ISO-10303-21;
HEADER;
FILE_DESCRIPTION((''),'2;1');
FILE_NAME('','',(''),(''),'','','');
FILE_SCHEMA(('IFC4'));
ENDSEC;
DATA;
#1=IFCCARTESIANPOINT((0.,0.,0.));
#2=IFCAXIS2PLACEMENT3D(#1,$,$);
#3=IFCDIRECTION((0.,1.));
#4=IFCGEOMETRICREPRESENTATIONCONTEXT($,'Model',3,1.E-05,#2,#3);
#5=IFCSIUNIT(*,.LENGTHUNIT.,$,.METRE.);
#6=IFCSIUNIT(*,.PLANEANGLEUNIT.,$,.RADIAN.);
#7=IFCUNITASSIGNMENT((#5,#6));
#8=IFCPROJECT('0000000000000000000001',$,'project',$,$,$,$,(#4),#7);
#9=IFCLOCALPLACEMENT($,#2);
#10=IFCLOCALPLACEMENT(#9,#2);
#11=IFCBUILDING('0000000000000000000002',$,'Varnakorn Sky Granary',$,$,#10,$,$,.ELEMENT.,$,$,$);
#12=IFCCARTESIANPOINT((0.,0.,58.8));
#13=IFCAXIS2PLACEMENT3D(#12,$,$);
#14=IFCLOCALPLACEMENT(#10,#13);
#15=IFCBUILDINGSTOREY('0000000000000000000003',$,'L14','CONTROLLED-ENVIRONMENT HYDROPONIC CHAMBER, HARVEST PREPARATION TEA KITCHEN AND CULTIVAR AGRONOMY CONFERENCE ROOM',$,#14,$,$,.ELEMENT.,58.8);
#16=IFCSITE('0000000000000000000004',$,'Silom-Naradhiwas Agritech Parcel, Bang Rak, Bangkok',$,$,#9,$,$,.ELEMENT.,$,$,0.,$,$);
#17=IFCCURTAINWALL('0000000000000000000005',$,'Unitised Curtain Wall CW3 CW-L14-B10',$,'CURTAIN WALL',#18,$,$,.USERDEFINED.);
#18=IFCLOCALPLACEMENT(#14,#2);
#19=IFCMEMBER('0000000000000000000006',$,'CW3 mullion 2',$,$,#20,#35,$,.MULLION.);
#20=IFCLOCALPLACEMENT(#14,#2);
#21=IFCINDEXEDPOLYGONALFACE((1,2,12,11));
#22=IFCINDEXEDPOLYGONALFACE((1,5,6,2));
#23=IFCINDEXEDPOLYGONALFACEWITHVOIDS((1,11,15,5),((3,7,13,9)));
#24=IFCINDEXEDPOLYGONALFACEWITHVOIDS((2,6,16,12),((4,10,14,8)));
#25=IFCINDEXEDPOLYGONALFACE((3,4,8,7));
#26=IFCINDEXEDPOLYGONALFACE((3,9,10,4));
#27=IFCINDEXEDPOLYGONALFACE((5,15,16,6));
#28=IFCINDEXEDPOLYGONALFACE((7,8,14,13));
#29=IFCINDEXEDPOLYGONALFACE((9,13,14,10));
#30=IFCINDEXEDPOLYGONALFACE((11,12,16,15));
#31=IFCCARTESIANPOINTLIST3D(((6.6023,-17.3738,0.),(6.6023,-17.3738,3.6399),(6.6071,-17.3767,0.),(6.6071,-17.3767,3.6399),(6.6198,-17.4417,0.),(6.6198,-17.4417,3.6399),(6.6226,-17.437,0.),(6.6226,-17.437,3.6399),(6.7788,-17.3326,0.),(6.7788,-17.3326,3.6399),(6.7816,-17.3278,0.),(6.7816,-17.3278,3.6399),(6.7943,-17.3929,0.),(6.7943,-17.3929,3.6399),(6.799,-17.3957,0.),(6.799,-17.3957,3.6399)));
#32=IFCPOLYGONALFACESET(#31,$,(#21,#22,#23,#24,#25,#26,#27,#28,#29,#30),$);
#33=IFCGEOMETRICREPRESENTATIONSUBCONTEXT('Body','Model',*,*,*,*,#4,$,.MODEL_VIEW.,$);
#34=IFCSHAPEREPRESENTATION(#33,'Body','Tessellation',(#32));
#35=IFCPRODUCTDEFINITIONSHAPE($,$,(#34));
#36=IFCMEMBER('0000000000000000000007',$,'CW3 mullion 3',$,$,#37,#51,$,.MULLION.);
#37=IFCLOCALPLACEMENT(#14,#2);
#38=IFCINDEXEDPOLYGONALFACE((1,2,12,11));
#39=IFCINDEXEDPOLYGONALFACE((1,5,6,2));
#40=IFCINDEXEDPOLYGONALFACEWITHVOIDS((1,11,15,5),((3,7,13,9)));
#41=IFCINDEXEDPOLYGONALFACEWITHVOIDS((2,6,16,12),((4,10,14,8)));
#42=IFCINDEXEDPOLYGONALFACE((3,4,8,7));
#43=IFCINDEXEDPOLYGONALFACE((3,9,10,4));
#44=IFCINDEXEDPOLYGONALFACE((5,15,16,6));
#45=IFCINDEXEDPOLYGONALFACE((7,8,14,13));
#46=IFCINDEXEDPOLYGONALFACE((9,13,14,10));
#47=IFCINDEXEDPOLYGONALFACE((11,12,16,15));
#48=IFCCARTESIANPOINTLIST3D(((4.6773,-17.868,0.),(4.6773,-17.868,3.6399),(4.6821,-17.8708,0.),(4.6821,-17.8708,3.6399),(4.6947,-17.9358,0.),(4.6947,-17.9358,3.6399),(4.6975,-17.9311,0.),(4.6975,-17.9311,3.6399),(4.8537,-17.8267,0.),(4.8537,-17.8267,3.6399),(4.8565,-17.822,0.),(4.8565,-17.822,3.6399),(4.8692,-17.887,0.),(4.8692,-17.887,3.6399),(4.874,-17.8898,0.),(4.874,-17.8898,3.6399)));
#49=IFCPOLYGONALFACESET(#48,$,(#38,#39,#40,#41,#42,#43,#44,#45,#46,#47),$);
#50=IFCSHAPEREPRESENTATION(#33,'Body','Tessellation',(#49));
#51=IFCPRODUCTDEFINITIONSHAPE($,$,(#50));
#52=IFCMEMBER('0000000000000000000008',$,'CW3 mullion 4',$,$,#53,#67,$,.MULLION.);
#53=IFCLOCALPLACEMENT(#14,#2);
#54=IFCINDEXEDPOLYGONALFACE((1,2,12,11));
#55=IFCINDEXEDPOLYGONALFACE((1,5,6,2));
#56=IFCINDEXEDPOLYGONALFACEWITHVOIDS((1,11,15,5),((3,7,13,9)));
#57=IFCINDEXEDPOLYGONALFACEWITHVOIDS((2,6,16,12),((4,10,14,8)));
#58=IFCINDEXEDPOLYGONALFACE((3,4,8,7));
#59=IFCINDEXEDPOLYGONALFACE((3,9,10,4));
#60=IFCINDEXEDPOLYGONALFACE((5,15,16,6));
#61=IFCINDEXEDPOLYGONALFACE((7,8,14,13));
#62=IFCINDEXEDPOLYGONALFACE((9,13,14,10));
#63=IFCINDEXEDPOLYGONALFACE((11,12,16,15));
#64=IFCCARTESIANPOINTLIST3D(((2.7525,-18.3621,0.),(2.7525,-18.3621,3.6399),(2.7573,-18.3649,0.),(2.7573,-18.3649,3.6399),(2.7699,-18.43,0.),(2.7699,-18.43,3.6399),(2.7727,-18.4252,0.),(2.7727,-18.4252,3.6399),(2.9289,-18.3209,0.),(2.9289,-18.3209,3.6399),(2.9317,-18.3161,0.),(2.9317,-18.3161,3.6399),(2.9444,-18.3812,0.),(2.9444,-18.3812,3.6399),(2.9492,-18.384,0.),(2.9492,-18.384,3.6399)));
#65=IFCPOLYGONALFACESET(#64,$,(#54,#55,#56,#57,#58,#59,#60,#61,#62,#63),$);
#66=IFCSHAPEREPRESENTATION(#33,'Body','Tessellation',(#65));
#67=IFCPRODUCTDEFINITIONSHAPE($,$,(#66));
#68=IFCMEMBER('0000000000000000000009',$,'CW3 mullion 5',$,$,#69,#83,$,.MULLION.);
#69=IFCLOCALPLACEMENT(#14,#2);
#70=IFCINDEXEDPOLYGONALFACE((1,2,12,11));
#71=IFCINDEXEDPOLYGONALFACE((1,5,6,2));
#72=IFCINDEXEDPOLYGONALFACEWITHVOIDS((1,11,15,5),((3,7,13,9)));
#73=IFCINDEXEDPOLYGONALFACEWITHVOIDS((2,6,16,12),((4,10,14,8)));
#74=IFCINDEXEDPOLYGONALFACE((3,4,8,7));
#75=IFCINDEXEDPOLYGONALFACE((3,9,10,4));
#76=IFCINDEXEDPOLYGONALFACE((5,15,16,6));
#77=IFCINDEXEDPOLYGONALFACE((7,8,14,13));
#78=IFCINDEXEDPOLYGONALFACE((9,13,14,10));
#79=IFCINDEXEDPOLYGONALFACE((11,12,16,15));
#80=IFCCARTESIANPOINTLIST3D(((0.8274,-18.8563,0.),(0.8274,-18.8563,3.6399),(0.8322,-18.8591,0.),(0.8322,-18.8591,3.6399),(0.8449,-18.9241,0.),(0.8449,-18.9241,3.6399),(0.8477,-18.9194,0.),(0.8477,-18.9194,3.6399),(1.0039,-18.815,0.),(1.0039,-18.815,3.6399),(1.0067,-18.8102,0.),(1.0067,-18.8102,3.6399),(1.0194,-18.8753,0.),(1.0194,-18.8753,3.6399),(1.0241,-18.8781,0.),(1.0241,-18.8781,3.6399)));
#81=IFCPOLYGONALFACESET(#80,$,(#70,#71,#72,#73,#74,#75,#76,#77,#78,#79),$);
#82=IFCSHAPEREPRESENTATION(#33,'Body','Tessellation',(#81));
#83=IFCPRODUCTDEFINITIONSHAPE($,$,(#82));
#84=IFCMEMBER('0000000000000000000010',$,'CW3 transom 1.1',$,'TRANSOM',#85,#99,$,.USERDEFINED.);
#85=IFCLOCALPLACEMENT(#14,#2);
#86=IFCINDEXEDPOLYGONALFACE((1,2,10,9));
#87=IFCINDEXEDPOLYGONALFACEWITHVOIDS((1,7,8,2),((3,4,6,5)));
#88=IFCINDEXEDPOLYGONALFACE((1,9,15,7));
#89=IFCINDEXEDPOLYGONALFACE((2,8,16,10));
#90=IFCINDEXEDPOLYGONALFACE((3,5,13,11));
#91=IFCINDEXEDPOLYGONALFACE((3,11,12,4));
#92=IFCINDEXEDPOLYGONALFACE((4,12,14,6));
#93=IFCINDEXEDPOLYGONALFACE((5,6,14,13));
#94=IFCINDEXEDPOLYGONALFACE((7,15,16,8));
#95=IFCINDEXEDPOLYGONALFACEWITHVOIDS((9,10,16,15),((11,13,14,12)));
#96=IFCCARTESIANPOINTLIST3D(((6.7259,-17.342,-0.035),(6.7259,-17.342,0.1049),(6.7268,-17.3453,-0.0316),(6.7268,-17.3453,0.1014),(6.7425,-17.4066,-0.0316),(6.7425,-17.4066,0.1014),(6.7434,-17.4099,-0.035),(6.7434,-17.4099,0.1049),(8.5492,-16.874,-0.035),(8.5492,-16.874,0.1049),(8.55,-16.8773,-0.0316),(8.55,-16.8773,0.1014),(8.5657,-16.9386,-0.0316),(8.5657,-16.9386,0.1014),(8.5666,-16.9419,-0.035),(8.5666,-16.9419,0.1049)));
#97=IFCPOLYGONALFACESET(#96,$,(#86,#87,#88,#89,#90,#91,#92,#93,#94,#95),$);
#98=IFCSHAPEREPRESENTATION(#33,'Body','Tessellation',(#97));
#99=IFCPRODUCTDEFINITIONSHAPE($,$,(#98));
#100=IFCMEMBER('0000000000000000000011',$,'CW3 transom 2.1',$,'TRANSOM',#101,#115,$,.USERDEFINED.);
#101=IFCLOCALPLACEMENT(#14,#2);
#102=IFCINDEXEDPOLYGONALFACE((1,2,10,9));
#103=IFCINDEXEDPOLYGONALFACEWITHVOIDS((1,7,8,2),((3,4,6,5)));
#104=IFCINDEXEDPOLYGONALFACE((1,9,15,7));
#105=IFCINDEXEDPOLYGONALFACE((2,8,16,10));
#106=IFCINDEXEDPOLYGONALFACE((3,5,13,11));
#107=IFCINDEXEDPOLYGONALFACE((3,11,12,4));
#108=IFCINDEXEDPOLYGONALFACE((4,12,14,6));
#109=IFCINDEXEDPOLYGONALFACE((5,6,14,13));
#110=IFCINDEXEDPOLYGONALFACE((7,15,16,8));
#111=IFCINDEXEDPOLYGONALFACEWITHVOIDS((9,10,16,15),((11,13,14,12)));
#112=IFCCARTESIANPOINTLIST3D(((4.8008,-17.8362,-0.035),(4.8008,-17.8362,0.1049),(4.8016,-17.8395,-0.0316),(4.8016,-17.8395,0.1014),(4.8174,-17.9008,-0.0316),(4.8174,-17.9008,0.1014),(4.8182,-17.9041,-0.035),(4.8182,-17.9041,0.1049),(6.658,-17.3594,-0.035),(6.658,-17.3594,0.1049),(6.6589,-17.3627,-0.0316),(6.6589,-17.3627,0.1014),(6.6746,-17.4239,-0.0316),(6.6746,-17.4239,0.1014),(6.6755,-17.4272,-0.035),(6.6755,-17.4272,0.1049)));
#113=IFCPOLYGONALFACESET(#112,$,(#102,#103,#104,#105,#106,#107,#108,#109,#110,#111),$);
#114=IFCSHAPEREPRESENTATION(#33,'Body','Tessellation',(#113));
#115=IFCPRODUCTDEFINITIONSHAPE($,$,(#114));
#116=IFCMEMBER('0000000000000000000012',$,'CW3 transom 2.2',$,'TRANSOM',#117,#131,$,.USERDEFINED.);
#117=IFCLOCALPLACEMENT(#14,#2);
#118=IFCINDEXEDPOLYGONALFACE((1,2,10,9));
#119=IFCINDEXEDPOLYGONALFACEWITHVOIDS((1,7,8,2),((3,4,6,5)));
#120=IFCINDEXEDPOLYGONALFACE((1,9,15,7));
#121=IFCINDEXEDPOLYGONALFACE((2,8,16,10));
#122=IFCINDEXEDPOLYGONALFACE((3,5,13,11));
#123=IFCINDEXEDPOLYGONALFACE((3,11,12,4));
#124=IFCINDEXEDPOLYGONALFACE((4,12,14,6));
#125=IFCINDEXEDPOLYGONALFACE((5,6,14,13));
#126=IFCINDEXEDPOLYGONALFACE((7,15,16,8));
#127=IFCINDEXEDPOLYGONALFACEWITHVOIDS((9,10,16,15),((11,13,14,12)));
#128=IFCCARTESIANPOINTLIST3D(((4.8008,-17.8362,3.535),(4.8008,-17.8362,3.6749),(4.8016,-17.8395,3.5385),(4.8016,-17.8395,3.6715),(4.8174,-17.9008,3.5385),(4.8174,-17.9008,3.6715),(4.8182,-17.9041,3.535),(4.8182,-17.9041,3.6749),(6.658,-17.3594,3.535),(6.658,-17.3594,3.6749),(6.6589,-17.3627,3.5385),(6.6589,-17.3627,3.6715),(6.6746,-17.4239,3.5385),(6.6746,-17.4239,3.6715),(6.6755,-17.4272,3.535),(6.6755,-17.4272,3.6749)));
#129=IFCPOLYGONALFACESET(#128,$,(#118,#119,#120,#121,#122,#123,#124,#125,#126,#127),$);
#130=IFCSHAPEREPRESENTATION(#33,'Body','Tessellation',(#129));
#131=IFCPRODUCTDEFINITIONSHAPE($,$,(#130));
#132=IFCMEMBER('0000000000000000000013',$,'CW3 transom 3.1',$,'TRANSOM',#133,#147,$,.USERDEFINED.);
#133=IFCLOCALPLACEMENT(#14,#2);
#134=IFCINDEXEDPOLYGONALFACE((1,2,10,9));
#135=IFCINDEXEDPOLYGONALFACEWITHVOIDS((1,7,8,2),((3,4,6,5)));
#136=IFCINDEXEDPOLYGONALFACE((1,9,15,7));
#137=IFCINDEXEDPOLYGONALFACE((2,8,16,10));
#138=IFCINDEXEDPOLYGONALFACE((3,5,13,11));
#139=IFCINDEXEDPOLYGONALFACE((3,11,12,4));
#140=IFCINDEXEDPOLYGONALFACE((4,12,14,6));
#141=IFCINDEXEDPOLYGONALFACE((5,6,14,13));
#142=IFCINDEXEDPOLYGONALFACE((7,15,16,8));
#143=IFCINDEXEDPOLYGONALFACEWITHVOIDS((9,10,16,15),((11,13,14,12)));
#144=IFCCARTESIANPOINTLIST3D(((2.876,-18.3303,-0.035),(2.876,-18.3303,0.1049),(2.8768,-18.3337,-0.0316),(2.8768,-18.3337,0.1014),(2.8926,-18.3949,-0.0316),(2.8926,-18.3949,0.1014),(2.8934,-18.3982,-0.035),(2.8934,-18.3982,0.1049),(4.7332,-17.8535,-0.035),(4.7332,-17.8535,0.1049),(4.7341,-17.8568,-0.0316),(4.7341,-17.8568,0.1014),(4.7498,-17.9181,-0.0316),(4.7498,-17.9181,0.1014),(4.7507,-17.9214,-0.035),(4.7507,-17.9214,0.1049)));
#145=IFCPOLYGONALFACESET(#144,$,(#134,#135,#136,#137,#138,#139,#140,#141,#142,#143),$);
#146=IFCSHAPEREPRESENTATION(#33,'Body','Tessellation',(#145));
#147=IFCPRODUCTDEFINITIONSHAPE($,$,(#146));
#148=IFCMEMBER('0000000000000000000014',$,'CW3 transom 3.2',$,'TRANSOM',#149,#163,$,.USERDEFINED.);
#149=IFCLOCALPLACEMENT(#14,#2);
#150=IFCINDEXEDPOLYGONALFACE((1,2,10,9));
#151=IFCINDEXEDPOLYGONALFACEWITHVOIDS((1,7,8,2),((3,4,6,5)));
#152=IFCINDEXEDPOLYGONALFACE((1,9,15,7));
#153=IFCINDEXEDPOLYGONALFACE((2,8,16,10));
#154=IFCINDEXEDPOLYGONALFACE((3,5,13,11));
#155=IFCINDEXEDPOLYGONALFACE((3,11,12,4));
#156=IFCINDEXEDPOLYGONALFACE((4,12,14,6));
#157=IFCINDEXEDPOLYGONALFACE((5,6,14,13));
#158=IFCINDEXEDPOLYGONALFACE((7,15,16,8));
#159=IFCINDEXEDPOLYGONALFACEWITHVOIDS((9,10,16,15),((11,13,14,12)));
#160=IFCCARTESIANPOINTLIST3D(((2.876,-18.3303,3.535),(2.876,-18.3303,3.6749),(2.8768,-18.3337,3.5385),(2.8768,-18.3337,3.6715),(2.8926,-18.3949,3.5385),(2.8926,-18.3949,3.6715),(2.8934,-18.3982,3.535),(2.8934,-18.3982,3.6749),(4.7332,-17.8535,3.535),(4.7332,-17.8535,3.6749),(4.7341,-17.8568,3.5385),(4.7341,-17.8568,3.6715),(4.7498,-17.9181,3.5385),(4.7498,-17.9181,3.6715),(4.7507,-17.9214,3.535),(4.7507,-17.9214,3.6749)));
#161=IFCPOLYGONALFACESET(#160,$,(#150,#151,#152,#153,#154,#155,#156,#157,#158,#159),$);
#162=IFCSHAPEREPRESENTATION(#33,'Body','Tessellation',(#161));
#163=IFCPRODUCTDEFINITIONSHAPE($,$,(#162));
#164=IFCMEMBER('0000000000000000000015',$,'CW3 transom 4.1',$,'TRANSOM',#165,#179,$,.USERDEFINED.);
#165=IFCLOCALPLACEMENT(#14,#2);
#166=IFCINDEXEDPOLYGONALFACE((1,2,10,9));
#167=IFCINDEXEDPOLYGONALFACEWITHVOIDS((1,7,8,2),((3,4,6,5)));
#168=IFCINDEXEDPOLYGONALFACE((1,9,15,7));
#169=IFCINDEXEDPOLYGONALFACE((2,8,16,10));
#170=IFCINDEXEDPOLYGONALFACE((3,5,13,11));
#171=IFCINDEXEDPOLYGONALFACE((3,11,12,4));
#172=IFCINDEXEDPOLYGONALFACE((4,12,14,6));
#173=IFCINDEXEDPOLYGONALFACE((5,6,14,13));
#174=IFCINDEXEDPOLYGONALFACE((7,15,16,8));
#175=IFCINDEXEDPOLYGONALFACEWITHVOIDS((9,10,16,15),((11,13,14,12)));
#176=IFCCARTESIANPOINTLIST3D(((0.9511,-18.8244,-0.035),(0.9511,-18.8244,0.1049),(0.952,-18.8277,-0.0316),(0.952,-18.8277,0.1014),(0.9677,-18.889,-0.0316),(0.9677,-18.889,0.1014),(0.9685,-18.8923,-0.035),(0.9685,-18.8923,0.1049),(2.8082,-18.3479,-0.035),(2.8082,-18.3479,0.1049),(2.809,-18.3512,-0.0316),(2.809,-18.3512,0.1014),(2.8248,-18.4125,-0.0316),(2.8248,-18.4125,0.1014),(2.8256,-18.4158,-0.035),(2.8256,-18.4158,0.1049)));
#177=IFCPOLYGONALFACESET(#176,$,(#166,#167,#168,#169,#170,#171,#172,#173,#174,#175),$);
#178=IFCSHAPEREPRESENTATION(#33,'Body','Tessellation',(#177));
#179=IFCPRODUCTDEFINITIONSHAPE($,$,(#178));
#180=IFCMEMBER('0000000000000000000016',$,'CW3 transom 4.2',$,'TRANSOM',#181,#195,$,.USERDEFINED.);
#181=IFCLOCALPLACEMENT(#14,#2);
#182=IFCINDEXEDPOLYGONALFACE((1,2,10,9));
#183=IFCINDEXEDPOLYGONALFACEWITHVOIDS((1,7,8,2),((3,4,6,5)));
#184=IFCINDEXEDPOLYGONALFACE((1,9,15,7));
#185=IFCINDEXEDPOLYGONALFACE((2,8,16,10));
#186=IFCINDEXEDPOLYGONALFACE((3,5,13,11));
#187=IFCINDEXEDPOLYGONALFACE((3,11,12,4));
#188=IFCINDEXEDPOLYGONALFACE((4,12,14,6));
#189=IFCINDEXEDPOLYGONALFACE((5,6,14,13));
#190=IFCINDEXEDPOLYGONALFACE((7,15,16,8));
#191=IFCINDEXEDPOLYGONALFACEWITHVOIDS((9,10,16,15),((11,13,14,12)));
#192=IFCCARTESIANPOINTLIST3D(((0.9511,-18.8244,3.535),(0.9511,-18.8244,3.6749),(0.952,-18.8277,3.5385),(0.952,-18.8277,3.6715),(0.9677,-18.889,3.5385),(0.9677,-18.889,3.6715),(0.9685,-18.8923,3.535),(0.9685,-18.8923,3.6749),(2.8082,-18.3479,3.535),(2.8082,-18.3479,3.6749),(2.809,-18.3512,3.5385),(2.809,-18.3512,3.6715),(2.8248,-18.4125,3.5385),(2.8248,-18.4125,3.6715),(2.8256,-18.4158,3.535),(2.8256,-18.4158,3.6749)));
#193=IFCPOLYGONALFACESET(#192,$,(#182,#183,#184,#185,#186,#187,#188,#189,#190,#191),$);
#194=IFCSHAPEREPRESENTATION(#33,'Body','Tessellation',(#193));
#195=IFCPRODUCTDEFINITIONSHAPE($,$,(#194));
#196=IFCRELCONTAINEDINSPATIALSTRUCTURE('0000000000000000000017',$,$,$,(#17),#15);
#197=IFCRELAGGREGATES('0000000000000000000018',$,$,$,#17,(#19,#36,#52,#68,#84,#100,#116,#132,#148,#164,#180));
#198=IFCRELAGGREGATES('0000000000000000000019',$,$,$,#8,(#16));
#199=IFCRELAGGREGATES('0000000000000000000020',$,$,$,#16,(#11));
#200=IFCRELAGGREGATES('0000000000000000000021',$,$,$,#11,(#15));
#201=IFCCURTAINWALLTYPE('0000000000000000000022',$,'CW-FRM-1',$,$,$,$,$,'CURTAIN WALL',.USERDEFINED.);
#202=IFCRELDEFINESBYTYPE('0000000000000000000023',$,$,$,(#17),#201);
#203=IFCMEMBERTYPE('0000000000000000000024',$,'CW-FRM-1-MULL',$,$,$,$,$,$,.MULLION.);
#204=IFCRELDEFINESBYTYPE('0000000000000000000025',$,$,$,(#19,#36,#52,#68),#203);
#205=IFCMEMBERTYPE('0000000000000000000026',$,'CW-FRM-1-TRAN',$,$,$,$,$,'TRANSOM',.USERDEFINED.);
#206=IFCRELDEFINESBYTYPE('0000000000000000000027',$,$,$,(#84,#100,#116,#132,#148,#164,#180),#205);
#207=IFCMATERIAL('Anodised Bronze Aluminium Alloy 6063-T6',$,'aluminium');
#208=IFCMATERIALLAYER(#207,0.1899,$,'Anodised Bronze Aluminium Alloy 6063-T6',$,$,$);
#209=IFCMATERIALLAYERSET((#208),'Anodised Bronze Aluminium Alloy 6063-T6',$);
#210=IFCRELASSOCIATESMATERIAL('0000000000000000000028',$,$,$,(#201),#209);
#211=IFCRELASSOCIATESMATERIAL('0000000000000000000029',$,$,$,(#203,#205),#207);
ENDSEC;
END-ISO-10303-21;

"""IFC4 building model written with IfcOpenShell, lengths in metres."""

from ifc_helpers import new_model, si_unit, direction, frame, origin, origin_2d, place, context, subcontext, project, spatial, hollow_rectangle, extrude, material, layer, layer_set, material_profile, profile_set, type_object, element, aggregate, save


model = new_model("IFC4")

# Units and contexts
model_context = context("Model", 3, precision=1e-05, world=origin(), true_north=direction((0.0, 1.0)))
body_context = subcontext(model_context, "Body", "Model", "MODEL_VIEW")
ifc_project = project(units=[si_unit("LENGTHUNIT", "METRE"), si_unit("PLANEANGLEUNIT", "RADIAN")], contexts=[model_context])

# Site, building, storey
site_placement = place(None, origin())
site = spatial("IfcSite", under=ifc_project, at=site_placement, Name="Silom-Naradhiwas Agritech Parcel, Bang Rak, Bangkok", CompositionType="ELEMENT", RefElevation=0.0)
building_placement = place(site_placement, origin())
building = spatial("IfcBuilding", under=site, at=building_placement, Name="Varnakorn Sky Granary", CompositionType="ELEMENT")
storey_placement = place(building_placement, frame((0.0, 0.0, 58.8)))
storey = spatial("IfcBuildingStorey", under=building, at=storey_placement, Name="L14", Description="CONTROLLED-ENVIRONMENT HYDROPONIC CHAMBER, HARVEST PREPARATION TEA KITCHEN AND CULTIVAR AGRONOMY CONFERENCE ROOM", CompositionType="ELEMENT", Elevation=58.8)

# Curtain wall, members
ifc_material_1 = material(Name="Anodised Bronze Aluminium Alloy 6063-T6", Category="aluminium")
ifc_layer_1 = layer(ifc_material_1, 0.1899, Name="Anodised Bronze Aluminium Alloy 6063-T6")
ifc_layer_set_1 = layer_set([ifc_layer_1], Name="Anodised Bronze Aluminium Alloy 6063-T6")
curtain_wall_type = type_object("IfcCurtainWallType", Name="CW-FRM-1", ElementType="CURTAIN WALL", PredefinedType="USERDEFINED", material=ifc_layer_set_1)
curtain_wall_placement = place(storey_placement, origin())
curtain_wall = element("IfcCurtainWall", 1, at=curtain_wall_placement, inside=storey, type_object=curtain_wall_type, Name="Unitised Curtain Wall CW3 CW-L14-B10", ObjectType="CURTAIN WALL", PredefinedType="USERDEFINED")
ifc_material_profile_1 = material_profile(ifc_material_1, hollow_rectangle(XDim=0.0701, YDim=0.1851, WallThickness=0.0039, at=origin_2d()), Name="ALU MULL 70x185")
ifc_profile_set_1 = profile_set([ifc_material_profile_1], Name="Anodised Bronze Aluminium Alloy 6063-T6")
member_type_1 = type_object("IfcMemberType", Name="CW-FRM-1-MULL", PredefinedType="MULLION", material=ifc_profile_set_1)
member_1_placement = place(storey_placement, frame((6.7007, -17.3848, 0.0), z_axis=(0.0, 0.0, 1.0), x_axis=(0.248656, -0.968592, 0.0)))
member_1 = element("IfcMember", 2, at=member_1_placement, type_object=member_type_1, Name="CW3 mullion 2", PredefinedType="MULLION", context=body_context, shape_type="SweptSolid", body=[
    extrude(hollow_rectangle(XDim=0.0701, YDim=0.1851, WallThickness=0.0039, at=origin_2d()), origin(), (0.0, 0.0, 1.0), 3.6399),
])
member_2_placement = place(storey_placement, frame((4.7756, -17.8789, 0.0), z_axis=(0.0, 0.0, 1.0), x_axis=(0.248656, -0.968592, 0.0)))
member_2 = element("IfcMember", 3, at=member_2_placement, type_object=member_type_1, Name="CW3 mullion 3", PredefinedType="MULLION", context=body_context, shape_type="SweptSolid", body=[
    extrude(hollow_rectangle(XDim=0.0701, YDim=0.1851, WallThickness=0.0039, at=origin_2d()), origin(), (0.0, 0.0, 1.0), 3.6399),
])
member_3_placement = place(storey_placement, frame((2.8508, -18.373, 0.0), z_axis=(0.0, 0.0, 1.0), x_axis=(0.248656, -0.968592, 0.0)))
member_3 = element("IfcMember", 4, at=member_3_placement, type_object=member_type_1, Name="CW3 mullion 4", PredefinedType="MULLION", context=body_context, shape_type="SweptSolid", body=[
    extrude(hollow_rectangle(XDim=0.0701, YDim=0.1851, WallThickness=0.0039, at=origin_2d()), origin(), (0.0, 0.0, 1.0), 3.6399),
])
member_4_placement = place(storey_placement, frame((0.9258, -18.8672, 0.0), z_axis=(0.0, 0.0, 1.0), x_axis=(0.248656, -0.968592, 0.0)))
member_4 = element("IfcMember", 5, at=member_4_placement, type_object=member_type_1, Name="CW3 mullion 5", PredefinedType="MULLION", context=body_context, shape_type="SweptSolid", body=[
    extrude(hollow_rectangle(XDim=0.0701, YDim=0.1851, WallThickness=0.0039, at=origin_2d()), origin(), (0.0, 0.0, 1.0), 3.6399),
])
ifc_material_profile_2 = material_profile(ifc_material_1, hollow_rectangle(XDim=0.0701, YDim=0.1399, WallThickness=0.0034, at=origin_2d()), Name="ALU TRAN 70x140")
ifc_profile_set_2 = profile_set([ifc_material_profile_2], Name="Anodised Bronze Aluminium Alloy 6063-T6")
member_type_2 = type_object("IfcMemberType", Name="CW-FRM-1-TRAN", ElementType="TRANSOM", PredefinedType="USERDEFINED", material=ifc_profile_set_2)
member_5_placement = place(storey_placement, frame((8.5579, -16.908, 0.0349), z_axis=(-0.968597, -0.248634, 0.0), x_axis=(0.248634, -0.968597, 0.0)))
member_5 = element("IfcMember", 6, at=member_5_placement, type_object=member_type_2, Name="CW3 transom 1.1", ObjectType="TRANSOM", PredefinedType="USERDEFINED", context=body_context, shape_type="SweptSolid", body=[
    extrude(hollow_rectangle(XDim=0.0701, YDim=0.1399, WallThickness=0.0034, at=origin_2d()), origin(), (0.0, 0.0, 1.0), 1.8823),
])
member_6_placement = place(storey_placement, frame((6.6667, -17.3933, 0.0349), z_axis=(-0.968588, -0.248672, 0.0), x_axis=(0.248672, -0.968588, 0.0)))
member_6 = element("IfcMember", 7, at=member_6_placement, type_object=member_type_2, Name="CW3 transom 2.1", ObjectType="TRANSOM", PredefinedType="USERDEFINED", context=body_context, shape_type="SweptSolid", body=[
    extrude(hollow_rectangle(XDim=0.0701, YDim=0.1399, WallThickness=0.0034, at=origin_2d()), origin(), (0.0, 0.0, 1.0), 1.9175),
])
member_7_placement = place(storey_placement, frame((6.6667, -17.3933, 3.605), z_axis=(-0.968588, -0.248672, 0.0), x_axis=(0.248672, -0.968588, 0.0)))
member_7 = element("IfcMember", 8, at=member_7_placement, type_object=member_type_2, Name="CW3 transom 2.2", ObjectType="TRANSOM", PredefinedType="USERDEFINED", context=body_context, shape_type="SweptSolid", body=[
    extrude(hollow_rectangle(XDim=0.0701, YDim=0.1399, WallThickness=0.0034, at=origin_2d()), origin(), (0.0, 0.0, 1.0), 1.9175),
])
member_8_placement = place(storey_placement, frame((4.7419, -17.8875, 0.0349), z_axis=(-0.968588, -0.248672, 0.0), x_axis=(0.248672, -0.968588, 0.0)))
member_8 = element("IfcMember", 9, at=member_8_placement, type_object=member_type_2, Name="CW3 transom 3.1", ObjectType="TRANSOM", PredefinedType="USERDEFINED", context=body_context, shape_type="SweptSolid", body=[
    extrude(hollow_rectangle(XDim=0.0701, YDim=0.1399, WallThickness=0.0034, at=origin_2d()), origin(), (0.0, 0.0, 1.0), 1.9175),
])
member_9_placement = place(storey_placement, frame((4.7419, -17.8875, 3.605), z_axis=(-0.968588, -0.248672, 0.0), x_axis=(0.248672, -0.968588, 0.0)))
member_9 = element("IfcMember", 10, at=member_9_placement, type_object=member_type_2, Name="CW3 transom 3.2", ObjectType="TRANSOM", PredefinedType="USERDEFINED", context=body_context, shape_type="SweptSolid", body=[
    extrude(hollow_rectangle(XDim=0.0701, YDim=0.1399, WallThickness=0.0034, at=origin_2d()), origin(), (0.0, 0.0, 1.0), 1.9175),
])
member_10_placement = place(storey_placement, frame((2.8169, -18.3818, 0.0349), z_axis=(-0.968618, -0.248553, 0.0), x_axis=(0.248553, -0.968618, 0.0)))
member_10 = element("IfcMember", 11, at=member_10_placement, type_object=member_type_2, Name="CW3 transom 4.1", ObjectType="TRANSOM", PredefinedType="USERDEFINED", context=body_context, shape_type="SweptSolid", body=[
    extrude(hollow_rectangle(XDim=0.0701, YDim=0.1399, WallThickness=0.0034, at=origin_2d()), origin(), (0.0, 0.0, 1.0), 1.9172),
])
member_11_placement = place(storey_placement, frame((2.8169, -18.3818, 3.605), z_axis=(-0.968618, -0.248553, 0.0), x_axis=(0.248553, -0.968618, 0.0)))
member_11 = element("IfcMember", 12, at=member_11_placement, type_object=member_type_2, Name="CW3 transom 4.2", ObjectType="TRANSOM", PredefinedType="USERDEFINED", context=body_context, shape_type="SweptSolid", body=[
    extrude(hollow_rectangle(XDim=0.0701, YDim=0.1399, WallThickness=0.0034, at=origin_2d()), origin(), (0.0, 0.0, 1.0), 1.9172),
])

aggregate(curtain_wall, [member_1, member_2, member_3, member_4, member_5, member_6, member_7, member_8, member_9, member_10, member_11])

save(model, "model.ifc")
